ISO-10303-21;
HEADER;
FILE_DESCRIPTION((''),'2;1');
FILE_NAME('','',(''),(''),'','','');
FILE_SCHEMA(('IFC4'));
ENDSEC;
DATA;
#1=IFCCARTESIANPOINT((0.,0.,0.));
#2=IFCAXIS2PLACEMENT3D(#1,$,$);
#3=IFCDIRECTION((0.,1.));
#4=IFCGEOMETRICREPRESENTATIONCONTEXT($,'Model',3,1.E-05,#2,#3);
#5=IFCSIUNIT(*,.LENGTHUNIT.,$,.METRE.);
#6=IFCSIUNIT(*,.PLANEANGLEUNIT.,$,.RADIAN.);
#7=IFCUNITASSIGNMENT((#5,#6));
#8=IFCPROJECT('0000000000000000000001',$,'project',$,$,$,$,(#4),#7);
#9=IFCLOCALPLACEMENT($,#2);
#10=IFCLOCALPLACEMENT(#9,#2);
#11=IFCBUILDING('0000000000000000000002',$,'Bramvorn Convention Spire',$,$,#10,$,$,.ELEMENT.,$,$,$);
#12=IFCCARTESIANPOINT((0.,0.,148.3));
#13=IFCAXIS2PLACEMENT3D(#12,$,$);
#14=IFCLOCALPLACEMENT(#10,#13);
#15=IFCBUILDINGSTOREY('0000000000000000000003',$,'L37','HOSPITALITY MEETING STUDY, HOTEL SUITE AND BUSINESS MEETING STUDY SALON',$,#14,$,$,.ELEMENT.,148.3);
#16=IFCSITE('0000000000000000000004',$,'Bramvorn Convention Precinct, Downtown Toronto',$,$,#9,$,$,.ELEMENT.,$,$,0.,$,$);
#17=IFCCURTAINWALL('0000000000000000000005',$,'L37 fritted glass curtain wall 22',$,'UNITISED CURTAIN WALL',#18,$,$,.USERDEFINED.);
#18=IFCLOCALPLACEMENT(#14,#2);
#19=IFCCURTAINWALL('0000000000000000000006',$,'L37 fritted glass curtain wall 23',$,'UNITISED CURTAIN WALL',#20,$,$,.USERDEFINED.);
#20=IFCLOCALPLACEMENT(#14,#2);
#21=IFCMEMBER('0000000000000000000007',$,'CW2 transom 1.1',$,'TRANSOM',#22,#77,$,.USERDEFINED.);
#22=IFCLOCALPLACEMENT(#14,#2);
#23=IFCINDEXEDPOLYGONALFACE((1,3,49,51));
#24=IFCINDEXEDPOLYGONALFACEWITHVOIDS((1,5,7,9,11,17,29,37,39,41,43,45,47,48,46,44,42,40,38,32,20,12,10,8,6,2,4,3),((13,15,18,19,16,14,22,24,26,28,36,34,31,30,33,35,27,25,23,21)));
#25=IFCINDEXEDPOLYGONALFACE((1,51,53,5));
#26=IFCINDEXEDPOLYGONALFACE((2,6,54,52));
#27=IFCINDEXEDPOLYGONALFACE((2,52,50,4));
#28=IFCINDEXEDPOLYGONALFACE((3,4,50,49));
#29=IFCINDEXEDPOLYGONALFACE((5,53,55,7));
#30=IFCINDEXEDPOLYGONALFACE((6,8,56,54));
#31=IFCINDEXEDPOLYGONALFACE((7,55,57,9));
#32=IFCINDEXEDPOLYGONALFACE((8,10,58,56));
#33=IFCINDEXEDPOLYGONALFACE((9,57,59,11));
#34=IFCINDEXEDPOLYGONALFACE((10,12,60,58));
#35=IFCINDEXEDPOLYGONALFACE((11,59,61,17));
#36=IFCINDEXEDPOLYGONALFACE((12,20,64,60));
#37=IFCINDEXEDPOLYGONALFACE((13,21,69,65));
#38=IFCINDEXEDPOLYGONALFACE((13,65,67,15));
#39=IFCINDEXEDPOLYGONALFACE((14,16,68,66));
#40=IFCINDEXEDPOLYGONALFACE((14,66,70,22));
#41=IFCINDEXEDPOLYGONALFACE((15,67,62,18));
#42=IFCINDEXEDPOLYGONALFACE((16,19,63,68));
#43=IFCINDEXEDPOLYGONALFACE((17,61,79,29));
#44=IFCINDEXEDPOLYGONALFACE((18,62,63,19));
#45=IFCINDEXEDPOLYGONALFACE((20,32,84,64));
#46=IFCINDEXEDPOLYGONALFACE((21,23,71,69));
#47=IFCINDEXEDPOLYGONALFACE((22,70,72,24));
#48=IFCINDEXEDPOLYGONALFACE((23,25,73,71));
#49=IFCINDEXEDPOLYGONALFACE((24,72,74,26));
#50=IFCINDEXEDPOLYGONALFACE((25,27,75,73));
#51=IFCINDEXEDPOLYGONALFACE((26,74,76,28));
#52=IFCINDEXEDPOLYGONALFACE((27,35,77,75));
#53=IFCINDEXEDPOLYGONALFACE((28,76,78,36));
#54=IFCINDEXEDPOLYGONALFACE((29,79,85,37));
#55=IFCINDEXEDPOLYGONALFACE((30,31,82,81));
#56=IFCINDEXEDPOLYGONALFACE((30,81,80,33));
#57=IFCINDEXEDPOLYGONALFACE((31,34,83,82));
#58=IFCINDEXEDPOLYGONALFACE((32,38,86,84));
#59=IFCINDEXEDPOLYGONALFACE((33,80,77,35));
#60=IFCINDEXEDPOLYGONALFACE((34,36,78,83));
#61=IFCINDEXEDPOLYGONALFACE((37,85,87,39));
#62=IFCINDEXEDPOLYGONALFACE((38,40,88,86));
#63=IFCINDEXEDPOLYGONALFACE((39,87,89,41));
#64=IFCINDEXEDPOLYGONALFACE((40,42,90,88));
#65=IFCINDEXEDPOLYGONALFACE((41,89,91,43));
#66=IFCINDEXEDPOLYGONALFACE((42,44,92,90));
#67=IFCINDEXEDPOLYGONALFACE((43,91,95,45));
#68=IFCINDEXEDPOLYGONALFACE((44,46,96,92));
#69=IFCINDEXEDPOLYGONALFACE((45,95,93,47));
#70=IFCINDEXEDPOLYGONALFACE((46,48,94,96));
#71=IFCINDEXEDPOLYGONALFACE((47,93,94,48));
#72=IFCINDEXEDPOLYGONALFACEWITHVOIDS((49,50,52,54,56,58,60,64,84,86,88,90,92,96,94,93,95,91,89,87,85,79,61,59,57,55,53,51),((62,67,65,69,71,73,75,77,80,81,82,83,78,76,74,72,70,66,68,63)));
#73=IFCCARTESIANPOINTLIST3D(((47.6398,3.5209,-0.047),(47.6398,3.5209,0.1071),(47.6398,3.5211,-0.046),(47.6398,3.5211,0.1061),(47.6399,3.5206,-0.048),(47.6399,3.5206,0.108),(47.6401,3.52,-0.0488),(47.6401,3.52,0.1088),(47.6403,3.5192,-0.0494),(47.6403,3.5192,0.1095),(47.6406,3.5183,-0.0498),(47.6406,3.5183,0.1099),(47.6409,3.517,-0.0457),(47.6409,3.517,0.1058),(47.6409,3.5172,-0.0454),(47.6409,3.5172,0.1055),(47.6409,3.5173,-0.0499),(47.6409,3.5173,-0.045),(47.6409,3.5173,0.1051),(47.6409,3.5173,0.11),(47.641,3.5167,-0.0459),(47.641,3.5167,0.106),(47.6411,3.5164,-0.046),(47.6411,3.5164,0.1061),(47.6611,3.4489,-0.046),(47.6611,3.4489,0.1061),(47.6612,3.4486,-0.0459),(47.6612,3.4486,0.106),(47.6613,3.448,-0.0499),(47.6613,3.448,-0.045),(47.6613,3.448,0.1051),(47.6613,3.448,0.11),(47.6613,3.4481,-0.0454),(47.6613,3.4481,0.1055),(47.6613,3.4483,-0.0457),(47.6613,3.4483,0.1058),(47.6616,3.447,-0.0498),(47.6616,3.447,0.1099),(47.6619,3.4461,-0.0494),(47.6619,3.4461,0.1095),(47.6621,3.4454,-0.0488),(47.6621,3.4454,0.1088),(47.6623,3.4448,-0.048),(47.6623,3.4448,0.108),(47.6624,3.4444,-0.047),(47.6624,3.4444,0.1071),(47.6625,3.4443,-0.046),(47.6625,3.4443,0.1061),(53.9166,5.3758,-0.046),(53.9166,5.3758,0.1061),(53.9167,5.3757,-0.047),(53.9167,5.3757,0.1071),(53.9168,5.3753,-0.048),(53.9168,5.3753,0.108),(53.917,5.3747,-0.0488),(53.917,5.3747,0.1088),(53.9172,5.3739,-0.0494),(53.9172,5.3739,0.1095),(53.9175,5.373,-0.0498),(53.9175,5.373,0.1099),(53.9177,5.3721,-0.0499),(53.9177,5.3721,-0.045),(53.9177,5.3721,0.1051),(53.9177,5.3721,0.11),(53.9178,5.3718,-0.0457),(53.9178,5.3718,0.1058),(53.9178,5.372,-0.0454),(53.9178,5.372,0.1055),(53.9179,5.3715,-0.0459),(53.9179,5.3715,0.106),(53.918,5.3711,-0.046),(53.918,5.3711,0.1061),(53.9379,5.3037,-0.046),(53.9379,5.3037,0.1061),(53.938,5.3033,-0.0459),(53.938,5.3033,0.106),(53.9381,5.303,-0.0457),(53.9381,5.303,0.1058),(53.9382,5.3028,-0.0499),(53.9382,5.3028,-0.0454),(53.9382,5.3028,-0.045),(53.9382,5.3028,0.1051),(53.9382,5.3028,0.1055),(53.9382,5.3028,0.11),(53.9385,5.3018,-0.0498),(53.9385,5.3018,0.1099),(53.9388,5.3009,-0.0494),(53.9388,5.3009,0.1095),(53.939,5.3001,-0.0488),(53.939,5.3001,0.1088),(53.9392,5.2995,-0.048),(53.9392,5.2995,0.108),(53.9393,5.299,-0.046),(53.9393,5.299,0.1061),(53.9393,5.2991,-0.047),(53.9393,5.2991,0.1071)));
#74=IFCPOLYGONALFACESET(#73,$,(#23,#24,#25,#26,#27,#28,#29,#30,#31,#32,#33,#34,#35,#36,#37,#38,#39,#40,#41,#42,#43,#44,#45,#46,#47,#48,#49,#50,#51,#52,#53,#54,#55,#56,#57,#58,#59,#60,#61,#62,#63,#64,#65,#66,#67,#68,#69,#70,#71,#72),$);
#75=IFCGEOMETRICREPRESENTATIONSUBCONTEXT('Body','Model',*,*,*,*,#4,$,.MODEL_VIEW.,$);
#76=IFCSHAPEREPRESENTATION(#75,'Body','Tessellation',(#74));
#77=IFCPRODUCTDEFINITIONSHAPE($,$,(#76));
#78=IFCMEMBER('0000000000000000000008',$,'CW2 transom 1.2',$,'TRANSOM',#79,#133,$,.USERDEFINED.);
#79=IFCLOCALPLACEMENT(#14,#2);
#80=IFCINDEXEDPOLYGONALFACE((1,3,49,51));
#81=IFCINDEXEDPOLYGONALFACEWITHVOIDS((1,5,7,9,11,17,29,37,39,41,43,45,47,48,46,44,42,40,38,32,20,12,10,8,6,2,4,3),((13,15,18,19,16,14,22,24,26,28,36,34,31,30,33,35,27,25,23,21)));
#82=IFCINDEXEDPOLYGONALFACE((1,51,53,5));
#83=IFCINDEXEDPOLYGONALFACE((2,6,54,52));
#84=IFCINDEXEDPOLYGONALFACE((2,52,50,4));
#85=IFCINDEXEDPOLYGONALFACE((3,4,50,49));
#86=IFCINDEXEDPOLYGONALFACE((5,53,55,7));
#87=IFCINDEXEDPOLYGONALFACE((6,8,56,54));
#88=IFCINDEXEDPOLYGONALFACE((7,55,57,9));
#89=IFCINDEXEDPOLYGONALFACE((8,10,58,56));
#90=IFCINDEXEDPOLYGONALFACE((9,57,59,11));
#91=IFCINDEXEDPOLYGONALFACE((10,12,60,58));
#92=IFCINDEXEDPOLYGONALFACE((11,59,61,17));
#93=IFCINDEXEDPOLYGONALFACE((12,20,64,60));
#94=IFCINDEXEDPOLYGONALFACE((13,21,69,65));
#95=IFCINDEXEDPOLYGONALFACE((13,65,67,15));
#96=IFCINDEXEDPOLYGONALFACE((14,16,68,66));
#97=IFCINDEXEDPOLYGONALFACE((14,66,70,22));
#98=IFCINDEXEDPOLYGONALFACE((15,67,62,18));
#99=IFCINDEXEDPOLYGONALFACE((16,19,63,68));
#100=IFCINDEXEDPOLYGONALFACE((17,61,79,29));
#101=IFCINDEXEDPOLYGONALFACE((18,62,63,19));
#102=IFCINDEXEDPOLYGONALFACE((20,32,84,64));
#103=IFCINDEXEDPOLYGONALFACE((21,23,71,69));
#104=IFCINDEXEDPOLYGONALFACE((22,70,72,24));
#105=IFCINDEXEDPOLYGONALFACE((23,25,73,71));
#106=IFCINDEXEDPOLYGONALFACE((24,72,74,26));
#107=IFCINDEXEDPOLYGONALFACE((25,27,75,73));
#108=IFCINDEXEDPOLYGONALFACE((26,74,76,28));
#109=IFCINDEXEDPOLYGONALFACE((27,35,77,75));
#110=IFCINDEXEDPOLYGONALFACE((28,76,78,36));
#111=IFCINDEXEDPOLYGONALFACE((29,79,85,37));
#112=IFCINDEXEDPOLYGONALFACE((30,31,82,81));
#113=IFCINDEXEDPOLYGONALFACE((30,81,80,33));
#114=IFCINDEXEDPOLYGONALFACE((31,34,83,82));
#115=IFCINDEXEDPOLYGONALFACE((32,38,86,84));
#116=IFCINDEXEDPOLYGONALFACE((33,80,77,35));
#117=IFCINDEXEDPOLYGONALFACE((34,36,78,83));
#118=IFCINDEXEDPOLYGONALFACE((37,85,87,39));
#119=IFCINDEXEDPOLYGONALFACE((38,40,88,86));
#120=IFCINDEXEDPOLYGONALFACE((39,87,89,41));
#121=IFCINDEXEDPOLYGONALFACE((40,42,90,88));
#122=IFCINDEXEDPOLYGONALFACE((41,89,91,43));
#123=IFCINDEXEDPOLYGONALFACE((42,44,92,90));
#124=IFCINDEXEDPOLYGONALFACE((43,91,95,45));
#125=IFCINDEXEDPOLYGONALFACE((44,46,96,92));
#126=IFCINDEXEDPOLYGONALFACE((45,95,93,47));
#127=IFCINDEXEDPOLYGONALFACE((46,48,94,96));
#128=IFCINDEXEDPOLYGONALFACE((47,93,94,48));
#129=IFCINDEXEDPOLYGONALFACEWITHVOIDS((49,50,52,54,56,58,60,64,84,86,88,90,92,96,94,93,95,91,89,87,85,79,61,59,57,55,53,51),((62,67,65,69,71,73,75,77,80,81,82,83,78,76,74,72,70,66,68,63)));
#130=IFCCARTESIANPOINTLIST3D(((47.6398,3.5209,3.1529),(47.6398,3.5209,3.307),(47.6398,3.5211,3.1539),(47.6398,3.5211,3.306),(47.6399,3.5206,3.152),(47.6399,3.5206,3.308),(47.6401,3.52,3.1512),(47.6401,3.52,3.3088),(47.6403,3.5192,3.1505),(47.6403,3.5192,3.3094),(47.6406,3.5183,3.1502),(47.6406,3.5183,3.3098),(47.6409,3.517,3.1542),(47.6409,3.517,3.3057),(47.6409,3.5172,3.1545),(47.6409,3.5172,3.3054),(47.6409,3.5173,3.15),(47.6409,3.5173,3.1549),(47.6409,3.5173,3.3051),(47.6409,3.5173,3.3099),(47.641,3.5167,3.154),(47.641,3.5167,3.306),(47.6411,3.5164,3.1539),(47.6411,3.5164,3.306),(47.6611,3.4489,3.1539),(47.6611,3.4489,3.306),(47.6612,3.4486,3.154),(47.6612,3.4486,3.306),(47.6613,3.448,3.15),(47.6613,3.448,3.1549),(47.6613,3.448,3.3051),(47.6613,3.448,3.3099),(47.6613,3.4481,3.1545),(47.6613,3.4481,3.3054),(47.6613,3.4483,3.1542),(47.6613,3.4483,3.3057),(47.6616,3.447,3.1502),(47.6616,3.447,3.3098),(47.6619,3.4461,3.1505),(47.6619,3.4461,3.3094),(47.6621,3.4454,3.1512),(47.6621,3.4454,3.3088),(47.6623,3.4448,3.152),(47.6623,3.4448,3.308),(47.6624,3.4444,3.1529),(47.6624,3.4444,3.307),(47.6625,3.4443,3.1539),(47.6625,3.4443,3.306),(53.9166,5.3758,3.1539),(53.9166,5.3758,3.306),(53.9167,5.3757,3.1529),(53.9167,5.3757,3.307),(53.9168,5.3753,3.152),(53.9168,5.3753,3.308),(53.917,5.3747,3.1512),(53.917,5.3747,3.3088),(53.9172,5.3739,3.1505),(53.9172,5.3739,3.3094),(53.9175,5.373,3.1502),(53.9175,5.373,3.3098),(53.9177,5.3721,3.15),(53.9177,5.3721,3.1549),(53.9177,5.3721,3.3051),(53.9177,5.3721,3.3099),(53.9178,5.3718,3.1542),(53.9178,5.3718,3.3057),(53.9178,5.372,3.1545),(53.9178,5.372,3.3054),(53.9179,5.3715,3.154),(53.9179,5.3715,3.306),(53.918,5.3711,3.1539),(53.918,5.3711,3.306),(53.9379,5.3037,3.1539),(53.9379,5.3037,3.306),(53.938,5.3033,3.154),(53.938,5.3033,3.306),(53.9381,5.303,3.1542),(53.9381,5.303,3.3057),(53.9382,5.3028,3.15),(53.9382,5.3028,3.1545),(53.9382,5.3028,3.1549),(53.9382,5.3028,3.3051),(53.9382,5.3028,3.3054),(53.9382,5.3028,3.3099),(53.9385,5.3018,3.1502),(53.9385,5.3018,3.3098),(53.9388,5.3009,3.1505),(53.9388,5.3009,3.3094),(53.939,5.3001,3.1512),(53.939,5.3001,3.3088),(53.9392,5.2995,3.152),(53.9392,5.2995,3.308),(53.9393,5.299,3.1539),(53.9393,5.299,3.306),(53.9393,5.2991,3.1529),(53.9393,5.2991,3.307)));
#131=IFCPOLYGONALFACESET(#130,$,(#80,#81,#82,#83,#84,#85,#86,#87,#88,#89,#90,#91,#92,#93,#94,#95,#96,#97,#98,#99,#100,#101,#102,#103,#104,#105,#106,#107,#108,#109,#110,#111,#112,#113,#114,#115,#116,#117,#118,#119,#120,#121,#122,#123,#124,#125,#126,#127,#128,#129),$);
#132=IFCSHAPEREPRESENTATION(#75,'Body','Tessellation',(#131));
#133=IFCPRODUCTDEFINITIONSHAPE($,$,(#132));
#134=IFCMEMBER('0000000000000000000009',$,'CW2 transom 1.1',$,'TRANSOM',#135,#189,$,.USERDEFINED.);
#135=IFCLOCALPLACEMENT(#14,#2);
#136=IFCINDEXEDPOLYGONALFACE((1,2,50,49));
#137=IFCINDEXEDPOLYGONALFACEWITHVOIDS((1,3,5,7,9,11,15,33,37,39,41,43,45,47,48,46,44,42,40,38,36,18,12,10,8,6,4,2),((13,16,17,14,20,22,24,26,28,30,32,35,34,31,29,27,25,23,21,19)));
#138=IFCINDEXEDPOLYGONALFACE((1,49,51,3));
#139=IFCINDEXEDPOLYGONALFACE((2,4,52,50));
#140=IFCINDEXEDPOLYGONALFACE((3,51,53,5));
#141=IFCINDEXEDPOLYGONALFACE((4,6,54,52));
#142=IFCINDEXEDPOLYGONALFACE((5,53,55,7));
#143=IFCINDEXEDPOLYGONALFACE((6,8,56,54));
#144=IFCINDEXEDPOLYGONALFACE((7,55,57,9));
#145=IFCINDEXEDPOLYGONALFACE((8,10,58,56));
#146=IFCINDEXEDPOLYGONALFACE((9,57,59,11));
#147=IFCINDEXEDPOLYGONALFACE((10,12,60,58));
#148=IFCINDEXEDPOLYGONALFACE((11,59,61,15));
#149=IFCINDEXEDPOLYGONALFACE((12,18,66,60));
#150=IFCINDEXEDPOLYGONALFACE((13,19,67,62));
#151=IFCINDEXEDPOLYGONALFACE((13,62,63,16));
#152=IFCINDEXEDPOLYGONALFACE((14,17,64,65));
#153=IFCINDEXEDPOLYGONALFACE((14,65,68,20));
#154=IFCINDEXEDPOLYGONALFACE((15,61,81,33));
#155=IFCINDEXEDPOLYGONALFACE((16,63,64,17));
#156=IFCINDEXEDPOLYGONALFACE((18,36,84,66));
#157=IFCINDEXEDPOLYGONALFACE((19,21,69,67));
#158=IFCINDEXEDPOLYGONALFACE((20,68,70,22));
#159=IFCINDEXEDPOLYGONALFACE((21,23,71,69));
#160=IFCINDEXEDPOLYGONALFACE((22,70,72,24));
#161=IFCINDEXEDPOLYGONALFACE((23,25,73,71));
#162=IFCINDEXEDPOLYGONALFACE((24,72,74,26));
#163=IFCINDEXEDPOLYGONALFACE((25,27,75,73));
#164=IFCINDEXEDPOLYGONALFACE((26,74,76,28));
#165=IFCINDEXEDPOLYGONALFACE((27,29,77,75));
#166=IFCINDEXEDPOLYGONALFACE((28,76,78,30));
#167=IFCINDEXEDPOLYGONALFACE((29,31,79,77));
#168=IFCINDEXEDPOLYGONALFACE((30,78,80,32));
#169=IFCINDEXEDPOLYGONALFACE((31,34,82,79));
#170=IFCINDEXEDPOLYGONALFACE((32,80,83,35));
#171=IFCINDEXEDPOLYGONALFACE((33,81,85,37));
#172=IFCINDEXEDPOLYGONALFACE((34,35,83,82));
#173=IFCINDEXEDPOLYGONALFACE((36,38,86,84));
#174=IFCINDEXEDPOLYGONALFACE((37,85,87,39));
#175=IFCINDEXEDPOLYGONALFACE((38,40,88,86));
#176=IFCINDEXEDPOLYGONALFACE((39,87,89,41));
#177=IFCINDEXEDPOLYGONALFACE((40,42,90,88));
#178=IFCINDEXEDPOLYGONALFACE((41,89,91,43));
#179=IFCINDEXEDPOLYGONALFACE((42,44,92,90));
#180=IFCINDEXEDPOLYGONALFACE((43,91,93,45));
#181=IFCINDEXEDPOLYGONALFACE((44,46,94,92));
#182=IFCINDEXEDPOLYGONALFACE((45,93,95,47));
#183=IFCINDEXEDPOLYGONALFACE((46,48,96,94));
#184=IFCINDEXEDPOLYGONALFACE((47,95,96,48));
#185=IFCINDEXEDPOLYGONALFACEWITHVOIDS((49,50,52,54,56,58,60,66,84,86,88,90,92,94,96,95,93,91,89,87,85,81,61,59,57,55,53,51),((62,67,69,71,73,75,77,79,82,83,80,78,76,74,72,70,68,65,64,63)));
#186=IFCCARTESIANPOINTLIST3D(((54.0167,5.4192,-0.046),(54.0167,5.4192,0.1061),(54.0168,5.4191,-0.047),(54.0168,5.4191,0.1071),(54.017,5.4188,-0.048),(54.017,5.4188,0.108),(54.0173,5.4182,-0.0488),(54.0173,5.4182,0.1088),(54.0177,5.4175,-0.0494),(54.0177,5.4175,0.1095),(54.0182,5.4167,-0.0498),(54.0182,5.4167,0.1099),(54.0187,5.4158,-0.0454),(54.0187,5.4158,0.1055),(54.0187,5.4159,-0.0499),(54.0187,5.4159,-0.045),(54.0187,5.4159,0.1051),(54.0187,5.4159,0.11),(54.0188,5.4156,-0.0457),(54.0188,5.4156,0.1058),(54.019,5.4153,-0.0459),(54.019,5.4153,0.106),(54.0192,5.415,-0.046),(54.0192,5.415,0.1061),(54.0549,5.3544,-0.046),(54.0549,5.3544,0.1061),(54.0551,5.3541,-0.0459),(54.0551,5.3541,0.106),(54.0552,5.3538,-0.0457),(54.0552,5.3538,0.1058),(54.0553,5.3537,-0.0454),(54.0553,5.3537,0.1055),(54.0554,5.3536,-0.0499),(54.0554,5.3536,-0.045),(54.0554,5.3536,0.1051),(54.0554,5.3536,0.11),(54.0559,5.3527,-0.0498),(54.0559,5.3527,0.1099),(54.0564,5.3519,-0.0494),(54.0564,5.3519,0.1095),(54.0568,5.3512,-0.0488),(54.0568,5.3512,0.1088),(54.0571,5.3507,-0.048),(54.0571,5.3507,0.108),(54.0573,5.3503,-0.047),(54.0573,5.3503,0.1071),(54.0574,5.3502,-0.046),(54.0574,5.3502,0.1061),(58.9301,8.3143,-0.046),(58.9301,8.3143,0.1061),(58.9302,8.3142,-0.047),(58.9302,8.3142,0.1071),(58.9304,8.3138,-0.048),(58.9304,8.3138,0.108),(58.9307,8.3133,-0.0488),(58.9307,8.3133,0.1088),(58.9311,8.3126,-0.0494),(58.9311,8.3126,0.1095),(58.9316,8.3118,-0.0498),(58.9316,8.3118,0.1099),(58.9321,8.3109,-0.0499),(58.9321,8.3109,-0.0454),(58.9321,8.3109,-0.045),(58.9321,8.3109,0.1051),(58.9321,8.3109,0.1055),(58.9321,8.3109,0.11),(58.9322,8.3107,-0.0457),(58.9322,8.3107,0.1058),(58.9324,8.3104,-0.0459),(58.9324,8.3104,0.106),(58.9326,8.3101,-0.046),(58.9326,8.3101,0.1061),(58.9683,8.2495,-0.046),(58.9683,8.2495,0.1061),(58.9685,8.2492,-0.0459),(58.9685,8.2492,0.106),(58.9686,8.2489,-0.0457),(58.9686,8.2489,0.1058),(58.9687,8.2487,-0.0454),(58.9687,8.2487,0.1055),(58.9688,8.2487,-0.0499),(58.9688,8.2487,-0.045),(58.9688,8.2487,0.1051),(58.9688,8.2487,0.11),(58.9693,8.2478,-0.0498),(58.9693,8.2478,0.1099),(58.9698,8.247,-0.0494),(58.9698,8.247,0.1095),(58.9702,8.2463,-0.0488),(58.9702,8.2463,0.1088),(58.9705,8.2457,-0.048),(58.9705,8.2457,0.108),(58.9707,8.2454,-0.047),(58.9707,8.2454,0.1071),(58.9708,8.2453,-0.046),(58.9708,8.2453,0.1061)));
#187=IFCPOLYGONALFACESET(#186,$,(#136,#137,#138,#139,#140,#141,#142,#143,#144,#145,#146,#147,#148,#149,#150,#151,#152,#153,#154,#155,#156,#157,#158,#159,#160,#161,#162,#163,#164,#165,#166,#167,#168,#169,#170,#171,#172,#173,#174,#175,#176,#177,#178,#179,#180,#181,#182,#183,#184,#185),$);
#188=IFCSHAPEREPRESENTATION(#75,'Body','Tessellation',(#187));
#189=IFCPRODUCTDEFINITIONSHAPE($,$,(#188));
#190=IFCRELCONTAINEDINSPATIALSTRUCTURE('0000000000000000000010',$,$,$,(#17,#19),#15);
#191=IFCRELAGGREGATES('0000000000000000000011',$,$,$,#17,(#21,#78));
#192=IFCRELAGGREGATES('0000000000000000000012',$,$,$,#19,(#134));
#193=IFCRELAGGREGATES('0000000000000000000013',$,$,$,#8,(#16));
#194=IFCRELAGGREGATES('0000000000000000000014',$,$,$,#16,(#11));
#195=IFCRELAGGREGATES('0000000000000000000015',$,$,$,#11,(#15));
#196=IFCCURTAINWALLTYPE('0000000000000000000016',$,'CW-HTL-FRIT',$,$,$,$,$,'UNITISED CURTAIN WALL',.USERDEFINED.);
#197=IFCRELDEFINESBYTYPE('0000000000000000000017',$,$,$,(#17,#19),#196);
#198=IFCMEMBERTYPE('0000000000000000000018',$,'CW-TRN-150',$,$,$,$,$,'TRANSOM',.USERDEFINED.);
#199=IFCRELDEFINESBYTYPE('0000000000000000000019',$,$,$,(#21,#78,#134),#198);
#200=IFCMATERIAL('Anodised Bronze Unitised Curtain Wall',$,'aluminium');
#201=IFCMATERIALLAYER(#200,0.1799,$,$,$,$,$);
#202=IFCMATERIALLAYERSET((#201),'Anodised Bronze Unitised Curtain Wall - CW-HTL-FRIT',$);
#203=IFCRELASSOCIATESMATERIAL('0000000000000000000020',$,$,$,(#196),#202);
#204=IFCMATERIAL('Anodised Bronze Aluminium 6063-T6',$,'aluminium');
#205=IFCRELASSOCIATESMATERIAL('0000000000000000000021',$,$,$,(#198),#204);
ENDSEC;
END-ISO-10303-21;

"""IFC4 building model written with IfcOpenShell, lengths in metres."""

from ifc_helpers import new_model, si_unit, direction, frame, origin, origin_2d, place, context, subcontext, project, spatial, hollow_rectangle, extrude, material, layer, layer_set, material_profile, profile_set, type_object, element, aggregate, save


model = new_model("IFC4")

# Units and contexts
model_context = context("Model", 3, precision=1e-05, world=origin(), true_north=direction((0.0, 1.0)))
body_context = subcontext(model_context, "Body", "Model", "MODEL_VIEW")
ifc_project = project(units=[si_unit("LENGTHUNIT", "METRE"), si_unit("PLANEANGLEUNIT", "RADIAN")], contexts=[model_context])

# Site, building, storey
site_placement = place(None, origin())
site = spatial("IfcSite", under=ifc_project, at=site_placement, Name="Bramvorn Convention Precinct, Downtown Toronto", CompositionType="ELEMENT", RefElevation=0.0)
building_placement = place(site_placement, origin())
building = spatial("IfcBuilding", under=site, at=building_placement, Name="Bramvorn Convention Spire", CompositionType="ELEMENT")
storey_placement = place(building_placement, frame((0.0, 0.0, 148.3)))
storey = spatial("IfcBuildingStorey", under=building, at=storey_placement, Name="L37", Description="HOSPITALITY MEETING STUDY, HOTEL SUITE AND BUSINESS MEETING STUDY SALON", CompositionType="ELEMENT", Elevation=148.3)

# Curtain wall
ifc_material_1 = material(Name="Anodised Bronze Unitised Curtain Wall", Category="aluminium")
ifc_layer_1 = layer(ifc_material_1, 0.1799)
ifc_layer_set_1 = layer_set([ifc_layer_1], Name="Anodised Bronze Unitised Curtain Wall - CW-HTL-FRIT")
curtain_wall_type = type_object("IfcCurtainWallType", Name="CW-HTL-FRIT", ElementType="UNITISED CURTAIN WALL", PredefinedType="USERDEFINED", material=ifc_layer_set_1)
curtain_wall_1_placement = place(storey_placement, origin())
curtain_wall_1 = element("IfcCurtainWall", 1, at=curtain_wall_1_placement, inside=storey, type_object=curtain_wall_type, Name="L37 fritted glass curtain wall 22", ObjectType="UNITISED CURTAIN WALL", PredefinedType="USERDEFINED")
ifc_material_2 = material(Name="Anodised Bronze Aluminium 6063-T6", Category="aluminium")

# Curtain wall
curtain_wall_2_placement = place(storey_placement, origin())
curtain_wall_2 = element("IfcCurtainWall", 2, at=curtain_wall_2_placement, inside=storey, type_object=curtain_wall_type, Name="L37 fritted glass curtain wall 23", ObjectType="UNITISED CURTAIN WALL", PredefinedType="USERDEFINED")

# Members
ifc_material_profile_1 = material_profile(ifc_material_2, hollow_rectangle(XDim=0.0801, YDim=0.1599, WallThickness=0.0039, InnerFilletRadius=0.001, OuterFilletRadius=0.0039, at=origin_2d()))
ifc_profile_set_1 = profile_set([ifc_material_profile_1], Name="Anodised Bronze Aluminium 6063-T6 - CWT80X160")
member_type_1 = type_object("IfcMemberType", Name="CW-TRN-150", ElementType="TRANSOM", PredefinedType="USERDEFINED", material=ifc_profile_set_1)
member_1_placement = place(storey_placement, frame((53.928, 5.3374, 0.03), z_axis=(-0.959009, -0.283376, 0.0), x_axis=(0.283376, -0.959009, 0.0)))
member_1 = element("IfcMember", 3, at=member_1_placement, type_object=member_type_1, Name="CW2 transom 1.1", ObjectType="TRANSOM", PredefinedType="USERDEFINED", context=body_context, shape_type="SweptSolid", body=[
    extrude(hollow_rectangle(XDim=0.0801, YDim=0.1599, WallThickness=0.0039, InnerFilletRadius=0.001, OuterFilletRadius=0.0039, at=origin_2d()), origin(), (0.0, 0.0, 1.0), 6.5452),
])
member_2_placement = place(storey_placement, frame((53.928, 5.3374, 3.23), z_axis=(-0.959009, -0.283376, 0.0), x_axis=(0.283376, -0.959009, 0.0)))
member_2 = element("IfcMember", 4, at=member_2_placement, type_object=member_type_1, Name="CW2 transom 1.2", ObjectType="TRANSOM", PredefinedType="USERDEFINED", context=body_context, shape_type="SweptSolid", body=[
    extrude(hollow_rectangle(XDim=0.0801, YDim=0.1599, WallThickness=0.0039, InnerFilletRadius=0.001, OuterFilletRadius=0.0039, at=origin_2d()), origin(), (0.0, 0.0, 1.0), 6.5452),
])
member_3_placement = place(storey_placement, frame((58.9504, 8.2798, 0.03), z_axis=(-0.861564, -0.507649, 0.0), x_axis=(0.507649, -0.861564, 0.0)))
member_3 = element("IfcMember", 5, at=member_3_placement, type_object=member_type_1, Name="CW2 transom 1.1", ObjectType="TRANSOM", PredefinedType="USERDEFINED", context=body_context, shape_type="SweptSolid", body=[
    extrude(hollow_rectangle(XDim=0.0801, YDim=0.1599, WallThickness=0.0039, InnerFilletRadius=0.001, OuterFilletRadius=0.0039, at=origin_2d()), origin(), (0.0, 0.0, 1.0), 5.7029),
])

aggregate(curtain_wall_1, [member_1, member_2])
aggregate(curtain_wall_2, [member_3])

save(model, "model.ifc")
